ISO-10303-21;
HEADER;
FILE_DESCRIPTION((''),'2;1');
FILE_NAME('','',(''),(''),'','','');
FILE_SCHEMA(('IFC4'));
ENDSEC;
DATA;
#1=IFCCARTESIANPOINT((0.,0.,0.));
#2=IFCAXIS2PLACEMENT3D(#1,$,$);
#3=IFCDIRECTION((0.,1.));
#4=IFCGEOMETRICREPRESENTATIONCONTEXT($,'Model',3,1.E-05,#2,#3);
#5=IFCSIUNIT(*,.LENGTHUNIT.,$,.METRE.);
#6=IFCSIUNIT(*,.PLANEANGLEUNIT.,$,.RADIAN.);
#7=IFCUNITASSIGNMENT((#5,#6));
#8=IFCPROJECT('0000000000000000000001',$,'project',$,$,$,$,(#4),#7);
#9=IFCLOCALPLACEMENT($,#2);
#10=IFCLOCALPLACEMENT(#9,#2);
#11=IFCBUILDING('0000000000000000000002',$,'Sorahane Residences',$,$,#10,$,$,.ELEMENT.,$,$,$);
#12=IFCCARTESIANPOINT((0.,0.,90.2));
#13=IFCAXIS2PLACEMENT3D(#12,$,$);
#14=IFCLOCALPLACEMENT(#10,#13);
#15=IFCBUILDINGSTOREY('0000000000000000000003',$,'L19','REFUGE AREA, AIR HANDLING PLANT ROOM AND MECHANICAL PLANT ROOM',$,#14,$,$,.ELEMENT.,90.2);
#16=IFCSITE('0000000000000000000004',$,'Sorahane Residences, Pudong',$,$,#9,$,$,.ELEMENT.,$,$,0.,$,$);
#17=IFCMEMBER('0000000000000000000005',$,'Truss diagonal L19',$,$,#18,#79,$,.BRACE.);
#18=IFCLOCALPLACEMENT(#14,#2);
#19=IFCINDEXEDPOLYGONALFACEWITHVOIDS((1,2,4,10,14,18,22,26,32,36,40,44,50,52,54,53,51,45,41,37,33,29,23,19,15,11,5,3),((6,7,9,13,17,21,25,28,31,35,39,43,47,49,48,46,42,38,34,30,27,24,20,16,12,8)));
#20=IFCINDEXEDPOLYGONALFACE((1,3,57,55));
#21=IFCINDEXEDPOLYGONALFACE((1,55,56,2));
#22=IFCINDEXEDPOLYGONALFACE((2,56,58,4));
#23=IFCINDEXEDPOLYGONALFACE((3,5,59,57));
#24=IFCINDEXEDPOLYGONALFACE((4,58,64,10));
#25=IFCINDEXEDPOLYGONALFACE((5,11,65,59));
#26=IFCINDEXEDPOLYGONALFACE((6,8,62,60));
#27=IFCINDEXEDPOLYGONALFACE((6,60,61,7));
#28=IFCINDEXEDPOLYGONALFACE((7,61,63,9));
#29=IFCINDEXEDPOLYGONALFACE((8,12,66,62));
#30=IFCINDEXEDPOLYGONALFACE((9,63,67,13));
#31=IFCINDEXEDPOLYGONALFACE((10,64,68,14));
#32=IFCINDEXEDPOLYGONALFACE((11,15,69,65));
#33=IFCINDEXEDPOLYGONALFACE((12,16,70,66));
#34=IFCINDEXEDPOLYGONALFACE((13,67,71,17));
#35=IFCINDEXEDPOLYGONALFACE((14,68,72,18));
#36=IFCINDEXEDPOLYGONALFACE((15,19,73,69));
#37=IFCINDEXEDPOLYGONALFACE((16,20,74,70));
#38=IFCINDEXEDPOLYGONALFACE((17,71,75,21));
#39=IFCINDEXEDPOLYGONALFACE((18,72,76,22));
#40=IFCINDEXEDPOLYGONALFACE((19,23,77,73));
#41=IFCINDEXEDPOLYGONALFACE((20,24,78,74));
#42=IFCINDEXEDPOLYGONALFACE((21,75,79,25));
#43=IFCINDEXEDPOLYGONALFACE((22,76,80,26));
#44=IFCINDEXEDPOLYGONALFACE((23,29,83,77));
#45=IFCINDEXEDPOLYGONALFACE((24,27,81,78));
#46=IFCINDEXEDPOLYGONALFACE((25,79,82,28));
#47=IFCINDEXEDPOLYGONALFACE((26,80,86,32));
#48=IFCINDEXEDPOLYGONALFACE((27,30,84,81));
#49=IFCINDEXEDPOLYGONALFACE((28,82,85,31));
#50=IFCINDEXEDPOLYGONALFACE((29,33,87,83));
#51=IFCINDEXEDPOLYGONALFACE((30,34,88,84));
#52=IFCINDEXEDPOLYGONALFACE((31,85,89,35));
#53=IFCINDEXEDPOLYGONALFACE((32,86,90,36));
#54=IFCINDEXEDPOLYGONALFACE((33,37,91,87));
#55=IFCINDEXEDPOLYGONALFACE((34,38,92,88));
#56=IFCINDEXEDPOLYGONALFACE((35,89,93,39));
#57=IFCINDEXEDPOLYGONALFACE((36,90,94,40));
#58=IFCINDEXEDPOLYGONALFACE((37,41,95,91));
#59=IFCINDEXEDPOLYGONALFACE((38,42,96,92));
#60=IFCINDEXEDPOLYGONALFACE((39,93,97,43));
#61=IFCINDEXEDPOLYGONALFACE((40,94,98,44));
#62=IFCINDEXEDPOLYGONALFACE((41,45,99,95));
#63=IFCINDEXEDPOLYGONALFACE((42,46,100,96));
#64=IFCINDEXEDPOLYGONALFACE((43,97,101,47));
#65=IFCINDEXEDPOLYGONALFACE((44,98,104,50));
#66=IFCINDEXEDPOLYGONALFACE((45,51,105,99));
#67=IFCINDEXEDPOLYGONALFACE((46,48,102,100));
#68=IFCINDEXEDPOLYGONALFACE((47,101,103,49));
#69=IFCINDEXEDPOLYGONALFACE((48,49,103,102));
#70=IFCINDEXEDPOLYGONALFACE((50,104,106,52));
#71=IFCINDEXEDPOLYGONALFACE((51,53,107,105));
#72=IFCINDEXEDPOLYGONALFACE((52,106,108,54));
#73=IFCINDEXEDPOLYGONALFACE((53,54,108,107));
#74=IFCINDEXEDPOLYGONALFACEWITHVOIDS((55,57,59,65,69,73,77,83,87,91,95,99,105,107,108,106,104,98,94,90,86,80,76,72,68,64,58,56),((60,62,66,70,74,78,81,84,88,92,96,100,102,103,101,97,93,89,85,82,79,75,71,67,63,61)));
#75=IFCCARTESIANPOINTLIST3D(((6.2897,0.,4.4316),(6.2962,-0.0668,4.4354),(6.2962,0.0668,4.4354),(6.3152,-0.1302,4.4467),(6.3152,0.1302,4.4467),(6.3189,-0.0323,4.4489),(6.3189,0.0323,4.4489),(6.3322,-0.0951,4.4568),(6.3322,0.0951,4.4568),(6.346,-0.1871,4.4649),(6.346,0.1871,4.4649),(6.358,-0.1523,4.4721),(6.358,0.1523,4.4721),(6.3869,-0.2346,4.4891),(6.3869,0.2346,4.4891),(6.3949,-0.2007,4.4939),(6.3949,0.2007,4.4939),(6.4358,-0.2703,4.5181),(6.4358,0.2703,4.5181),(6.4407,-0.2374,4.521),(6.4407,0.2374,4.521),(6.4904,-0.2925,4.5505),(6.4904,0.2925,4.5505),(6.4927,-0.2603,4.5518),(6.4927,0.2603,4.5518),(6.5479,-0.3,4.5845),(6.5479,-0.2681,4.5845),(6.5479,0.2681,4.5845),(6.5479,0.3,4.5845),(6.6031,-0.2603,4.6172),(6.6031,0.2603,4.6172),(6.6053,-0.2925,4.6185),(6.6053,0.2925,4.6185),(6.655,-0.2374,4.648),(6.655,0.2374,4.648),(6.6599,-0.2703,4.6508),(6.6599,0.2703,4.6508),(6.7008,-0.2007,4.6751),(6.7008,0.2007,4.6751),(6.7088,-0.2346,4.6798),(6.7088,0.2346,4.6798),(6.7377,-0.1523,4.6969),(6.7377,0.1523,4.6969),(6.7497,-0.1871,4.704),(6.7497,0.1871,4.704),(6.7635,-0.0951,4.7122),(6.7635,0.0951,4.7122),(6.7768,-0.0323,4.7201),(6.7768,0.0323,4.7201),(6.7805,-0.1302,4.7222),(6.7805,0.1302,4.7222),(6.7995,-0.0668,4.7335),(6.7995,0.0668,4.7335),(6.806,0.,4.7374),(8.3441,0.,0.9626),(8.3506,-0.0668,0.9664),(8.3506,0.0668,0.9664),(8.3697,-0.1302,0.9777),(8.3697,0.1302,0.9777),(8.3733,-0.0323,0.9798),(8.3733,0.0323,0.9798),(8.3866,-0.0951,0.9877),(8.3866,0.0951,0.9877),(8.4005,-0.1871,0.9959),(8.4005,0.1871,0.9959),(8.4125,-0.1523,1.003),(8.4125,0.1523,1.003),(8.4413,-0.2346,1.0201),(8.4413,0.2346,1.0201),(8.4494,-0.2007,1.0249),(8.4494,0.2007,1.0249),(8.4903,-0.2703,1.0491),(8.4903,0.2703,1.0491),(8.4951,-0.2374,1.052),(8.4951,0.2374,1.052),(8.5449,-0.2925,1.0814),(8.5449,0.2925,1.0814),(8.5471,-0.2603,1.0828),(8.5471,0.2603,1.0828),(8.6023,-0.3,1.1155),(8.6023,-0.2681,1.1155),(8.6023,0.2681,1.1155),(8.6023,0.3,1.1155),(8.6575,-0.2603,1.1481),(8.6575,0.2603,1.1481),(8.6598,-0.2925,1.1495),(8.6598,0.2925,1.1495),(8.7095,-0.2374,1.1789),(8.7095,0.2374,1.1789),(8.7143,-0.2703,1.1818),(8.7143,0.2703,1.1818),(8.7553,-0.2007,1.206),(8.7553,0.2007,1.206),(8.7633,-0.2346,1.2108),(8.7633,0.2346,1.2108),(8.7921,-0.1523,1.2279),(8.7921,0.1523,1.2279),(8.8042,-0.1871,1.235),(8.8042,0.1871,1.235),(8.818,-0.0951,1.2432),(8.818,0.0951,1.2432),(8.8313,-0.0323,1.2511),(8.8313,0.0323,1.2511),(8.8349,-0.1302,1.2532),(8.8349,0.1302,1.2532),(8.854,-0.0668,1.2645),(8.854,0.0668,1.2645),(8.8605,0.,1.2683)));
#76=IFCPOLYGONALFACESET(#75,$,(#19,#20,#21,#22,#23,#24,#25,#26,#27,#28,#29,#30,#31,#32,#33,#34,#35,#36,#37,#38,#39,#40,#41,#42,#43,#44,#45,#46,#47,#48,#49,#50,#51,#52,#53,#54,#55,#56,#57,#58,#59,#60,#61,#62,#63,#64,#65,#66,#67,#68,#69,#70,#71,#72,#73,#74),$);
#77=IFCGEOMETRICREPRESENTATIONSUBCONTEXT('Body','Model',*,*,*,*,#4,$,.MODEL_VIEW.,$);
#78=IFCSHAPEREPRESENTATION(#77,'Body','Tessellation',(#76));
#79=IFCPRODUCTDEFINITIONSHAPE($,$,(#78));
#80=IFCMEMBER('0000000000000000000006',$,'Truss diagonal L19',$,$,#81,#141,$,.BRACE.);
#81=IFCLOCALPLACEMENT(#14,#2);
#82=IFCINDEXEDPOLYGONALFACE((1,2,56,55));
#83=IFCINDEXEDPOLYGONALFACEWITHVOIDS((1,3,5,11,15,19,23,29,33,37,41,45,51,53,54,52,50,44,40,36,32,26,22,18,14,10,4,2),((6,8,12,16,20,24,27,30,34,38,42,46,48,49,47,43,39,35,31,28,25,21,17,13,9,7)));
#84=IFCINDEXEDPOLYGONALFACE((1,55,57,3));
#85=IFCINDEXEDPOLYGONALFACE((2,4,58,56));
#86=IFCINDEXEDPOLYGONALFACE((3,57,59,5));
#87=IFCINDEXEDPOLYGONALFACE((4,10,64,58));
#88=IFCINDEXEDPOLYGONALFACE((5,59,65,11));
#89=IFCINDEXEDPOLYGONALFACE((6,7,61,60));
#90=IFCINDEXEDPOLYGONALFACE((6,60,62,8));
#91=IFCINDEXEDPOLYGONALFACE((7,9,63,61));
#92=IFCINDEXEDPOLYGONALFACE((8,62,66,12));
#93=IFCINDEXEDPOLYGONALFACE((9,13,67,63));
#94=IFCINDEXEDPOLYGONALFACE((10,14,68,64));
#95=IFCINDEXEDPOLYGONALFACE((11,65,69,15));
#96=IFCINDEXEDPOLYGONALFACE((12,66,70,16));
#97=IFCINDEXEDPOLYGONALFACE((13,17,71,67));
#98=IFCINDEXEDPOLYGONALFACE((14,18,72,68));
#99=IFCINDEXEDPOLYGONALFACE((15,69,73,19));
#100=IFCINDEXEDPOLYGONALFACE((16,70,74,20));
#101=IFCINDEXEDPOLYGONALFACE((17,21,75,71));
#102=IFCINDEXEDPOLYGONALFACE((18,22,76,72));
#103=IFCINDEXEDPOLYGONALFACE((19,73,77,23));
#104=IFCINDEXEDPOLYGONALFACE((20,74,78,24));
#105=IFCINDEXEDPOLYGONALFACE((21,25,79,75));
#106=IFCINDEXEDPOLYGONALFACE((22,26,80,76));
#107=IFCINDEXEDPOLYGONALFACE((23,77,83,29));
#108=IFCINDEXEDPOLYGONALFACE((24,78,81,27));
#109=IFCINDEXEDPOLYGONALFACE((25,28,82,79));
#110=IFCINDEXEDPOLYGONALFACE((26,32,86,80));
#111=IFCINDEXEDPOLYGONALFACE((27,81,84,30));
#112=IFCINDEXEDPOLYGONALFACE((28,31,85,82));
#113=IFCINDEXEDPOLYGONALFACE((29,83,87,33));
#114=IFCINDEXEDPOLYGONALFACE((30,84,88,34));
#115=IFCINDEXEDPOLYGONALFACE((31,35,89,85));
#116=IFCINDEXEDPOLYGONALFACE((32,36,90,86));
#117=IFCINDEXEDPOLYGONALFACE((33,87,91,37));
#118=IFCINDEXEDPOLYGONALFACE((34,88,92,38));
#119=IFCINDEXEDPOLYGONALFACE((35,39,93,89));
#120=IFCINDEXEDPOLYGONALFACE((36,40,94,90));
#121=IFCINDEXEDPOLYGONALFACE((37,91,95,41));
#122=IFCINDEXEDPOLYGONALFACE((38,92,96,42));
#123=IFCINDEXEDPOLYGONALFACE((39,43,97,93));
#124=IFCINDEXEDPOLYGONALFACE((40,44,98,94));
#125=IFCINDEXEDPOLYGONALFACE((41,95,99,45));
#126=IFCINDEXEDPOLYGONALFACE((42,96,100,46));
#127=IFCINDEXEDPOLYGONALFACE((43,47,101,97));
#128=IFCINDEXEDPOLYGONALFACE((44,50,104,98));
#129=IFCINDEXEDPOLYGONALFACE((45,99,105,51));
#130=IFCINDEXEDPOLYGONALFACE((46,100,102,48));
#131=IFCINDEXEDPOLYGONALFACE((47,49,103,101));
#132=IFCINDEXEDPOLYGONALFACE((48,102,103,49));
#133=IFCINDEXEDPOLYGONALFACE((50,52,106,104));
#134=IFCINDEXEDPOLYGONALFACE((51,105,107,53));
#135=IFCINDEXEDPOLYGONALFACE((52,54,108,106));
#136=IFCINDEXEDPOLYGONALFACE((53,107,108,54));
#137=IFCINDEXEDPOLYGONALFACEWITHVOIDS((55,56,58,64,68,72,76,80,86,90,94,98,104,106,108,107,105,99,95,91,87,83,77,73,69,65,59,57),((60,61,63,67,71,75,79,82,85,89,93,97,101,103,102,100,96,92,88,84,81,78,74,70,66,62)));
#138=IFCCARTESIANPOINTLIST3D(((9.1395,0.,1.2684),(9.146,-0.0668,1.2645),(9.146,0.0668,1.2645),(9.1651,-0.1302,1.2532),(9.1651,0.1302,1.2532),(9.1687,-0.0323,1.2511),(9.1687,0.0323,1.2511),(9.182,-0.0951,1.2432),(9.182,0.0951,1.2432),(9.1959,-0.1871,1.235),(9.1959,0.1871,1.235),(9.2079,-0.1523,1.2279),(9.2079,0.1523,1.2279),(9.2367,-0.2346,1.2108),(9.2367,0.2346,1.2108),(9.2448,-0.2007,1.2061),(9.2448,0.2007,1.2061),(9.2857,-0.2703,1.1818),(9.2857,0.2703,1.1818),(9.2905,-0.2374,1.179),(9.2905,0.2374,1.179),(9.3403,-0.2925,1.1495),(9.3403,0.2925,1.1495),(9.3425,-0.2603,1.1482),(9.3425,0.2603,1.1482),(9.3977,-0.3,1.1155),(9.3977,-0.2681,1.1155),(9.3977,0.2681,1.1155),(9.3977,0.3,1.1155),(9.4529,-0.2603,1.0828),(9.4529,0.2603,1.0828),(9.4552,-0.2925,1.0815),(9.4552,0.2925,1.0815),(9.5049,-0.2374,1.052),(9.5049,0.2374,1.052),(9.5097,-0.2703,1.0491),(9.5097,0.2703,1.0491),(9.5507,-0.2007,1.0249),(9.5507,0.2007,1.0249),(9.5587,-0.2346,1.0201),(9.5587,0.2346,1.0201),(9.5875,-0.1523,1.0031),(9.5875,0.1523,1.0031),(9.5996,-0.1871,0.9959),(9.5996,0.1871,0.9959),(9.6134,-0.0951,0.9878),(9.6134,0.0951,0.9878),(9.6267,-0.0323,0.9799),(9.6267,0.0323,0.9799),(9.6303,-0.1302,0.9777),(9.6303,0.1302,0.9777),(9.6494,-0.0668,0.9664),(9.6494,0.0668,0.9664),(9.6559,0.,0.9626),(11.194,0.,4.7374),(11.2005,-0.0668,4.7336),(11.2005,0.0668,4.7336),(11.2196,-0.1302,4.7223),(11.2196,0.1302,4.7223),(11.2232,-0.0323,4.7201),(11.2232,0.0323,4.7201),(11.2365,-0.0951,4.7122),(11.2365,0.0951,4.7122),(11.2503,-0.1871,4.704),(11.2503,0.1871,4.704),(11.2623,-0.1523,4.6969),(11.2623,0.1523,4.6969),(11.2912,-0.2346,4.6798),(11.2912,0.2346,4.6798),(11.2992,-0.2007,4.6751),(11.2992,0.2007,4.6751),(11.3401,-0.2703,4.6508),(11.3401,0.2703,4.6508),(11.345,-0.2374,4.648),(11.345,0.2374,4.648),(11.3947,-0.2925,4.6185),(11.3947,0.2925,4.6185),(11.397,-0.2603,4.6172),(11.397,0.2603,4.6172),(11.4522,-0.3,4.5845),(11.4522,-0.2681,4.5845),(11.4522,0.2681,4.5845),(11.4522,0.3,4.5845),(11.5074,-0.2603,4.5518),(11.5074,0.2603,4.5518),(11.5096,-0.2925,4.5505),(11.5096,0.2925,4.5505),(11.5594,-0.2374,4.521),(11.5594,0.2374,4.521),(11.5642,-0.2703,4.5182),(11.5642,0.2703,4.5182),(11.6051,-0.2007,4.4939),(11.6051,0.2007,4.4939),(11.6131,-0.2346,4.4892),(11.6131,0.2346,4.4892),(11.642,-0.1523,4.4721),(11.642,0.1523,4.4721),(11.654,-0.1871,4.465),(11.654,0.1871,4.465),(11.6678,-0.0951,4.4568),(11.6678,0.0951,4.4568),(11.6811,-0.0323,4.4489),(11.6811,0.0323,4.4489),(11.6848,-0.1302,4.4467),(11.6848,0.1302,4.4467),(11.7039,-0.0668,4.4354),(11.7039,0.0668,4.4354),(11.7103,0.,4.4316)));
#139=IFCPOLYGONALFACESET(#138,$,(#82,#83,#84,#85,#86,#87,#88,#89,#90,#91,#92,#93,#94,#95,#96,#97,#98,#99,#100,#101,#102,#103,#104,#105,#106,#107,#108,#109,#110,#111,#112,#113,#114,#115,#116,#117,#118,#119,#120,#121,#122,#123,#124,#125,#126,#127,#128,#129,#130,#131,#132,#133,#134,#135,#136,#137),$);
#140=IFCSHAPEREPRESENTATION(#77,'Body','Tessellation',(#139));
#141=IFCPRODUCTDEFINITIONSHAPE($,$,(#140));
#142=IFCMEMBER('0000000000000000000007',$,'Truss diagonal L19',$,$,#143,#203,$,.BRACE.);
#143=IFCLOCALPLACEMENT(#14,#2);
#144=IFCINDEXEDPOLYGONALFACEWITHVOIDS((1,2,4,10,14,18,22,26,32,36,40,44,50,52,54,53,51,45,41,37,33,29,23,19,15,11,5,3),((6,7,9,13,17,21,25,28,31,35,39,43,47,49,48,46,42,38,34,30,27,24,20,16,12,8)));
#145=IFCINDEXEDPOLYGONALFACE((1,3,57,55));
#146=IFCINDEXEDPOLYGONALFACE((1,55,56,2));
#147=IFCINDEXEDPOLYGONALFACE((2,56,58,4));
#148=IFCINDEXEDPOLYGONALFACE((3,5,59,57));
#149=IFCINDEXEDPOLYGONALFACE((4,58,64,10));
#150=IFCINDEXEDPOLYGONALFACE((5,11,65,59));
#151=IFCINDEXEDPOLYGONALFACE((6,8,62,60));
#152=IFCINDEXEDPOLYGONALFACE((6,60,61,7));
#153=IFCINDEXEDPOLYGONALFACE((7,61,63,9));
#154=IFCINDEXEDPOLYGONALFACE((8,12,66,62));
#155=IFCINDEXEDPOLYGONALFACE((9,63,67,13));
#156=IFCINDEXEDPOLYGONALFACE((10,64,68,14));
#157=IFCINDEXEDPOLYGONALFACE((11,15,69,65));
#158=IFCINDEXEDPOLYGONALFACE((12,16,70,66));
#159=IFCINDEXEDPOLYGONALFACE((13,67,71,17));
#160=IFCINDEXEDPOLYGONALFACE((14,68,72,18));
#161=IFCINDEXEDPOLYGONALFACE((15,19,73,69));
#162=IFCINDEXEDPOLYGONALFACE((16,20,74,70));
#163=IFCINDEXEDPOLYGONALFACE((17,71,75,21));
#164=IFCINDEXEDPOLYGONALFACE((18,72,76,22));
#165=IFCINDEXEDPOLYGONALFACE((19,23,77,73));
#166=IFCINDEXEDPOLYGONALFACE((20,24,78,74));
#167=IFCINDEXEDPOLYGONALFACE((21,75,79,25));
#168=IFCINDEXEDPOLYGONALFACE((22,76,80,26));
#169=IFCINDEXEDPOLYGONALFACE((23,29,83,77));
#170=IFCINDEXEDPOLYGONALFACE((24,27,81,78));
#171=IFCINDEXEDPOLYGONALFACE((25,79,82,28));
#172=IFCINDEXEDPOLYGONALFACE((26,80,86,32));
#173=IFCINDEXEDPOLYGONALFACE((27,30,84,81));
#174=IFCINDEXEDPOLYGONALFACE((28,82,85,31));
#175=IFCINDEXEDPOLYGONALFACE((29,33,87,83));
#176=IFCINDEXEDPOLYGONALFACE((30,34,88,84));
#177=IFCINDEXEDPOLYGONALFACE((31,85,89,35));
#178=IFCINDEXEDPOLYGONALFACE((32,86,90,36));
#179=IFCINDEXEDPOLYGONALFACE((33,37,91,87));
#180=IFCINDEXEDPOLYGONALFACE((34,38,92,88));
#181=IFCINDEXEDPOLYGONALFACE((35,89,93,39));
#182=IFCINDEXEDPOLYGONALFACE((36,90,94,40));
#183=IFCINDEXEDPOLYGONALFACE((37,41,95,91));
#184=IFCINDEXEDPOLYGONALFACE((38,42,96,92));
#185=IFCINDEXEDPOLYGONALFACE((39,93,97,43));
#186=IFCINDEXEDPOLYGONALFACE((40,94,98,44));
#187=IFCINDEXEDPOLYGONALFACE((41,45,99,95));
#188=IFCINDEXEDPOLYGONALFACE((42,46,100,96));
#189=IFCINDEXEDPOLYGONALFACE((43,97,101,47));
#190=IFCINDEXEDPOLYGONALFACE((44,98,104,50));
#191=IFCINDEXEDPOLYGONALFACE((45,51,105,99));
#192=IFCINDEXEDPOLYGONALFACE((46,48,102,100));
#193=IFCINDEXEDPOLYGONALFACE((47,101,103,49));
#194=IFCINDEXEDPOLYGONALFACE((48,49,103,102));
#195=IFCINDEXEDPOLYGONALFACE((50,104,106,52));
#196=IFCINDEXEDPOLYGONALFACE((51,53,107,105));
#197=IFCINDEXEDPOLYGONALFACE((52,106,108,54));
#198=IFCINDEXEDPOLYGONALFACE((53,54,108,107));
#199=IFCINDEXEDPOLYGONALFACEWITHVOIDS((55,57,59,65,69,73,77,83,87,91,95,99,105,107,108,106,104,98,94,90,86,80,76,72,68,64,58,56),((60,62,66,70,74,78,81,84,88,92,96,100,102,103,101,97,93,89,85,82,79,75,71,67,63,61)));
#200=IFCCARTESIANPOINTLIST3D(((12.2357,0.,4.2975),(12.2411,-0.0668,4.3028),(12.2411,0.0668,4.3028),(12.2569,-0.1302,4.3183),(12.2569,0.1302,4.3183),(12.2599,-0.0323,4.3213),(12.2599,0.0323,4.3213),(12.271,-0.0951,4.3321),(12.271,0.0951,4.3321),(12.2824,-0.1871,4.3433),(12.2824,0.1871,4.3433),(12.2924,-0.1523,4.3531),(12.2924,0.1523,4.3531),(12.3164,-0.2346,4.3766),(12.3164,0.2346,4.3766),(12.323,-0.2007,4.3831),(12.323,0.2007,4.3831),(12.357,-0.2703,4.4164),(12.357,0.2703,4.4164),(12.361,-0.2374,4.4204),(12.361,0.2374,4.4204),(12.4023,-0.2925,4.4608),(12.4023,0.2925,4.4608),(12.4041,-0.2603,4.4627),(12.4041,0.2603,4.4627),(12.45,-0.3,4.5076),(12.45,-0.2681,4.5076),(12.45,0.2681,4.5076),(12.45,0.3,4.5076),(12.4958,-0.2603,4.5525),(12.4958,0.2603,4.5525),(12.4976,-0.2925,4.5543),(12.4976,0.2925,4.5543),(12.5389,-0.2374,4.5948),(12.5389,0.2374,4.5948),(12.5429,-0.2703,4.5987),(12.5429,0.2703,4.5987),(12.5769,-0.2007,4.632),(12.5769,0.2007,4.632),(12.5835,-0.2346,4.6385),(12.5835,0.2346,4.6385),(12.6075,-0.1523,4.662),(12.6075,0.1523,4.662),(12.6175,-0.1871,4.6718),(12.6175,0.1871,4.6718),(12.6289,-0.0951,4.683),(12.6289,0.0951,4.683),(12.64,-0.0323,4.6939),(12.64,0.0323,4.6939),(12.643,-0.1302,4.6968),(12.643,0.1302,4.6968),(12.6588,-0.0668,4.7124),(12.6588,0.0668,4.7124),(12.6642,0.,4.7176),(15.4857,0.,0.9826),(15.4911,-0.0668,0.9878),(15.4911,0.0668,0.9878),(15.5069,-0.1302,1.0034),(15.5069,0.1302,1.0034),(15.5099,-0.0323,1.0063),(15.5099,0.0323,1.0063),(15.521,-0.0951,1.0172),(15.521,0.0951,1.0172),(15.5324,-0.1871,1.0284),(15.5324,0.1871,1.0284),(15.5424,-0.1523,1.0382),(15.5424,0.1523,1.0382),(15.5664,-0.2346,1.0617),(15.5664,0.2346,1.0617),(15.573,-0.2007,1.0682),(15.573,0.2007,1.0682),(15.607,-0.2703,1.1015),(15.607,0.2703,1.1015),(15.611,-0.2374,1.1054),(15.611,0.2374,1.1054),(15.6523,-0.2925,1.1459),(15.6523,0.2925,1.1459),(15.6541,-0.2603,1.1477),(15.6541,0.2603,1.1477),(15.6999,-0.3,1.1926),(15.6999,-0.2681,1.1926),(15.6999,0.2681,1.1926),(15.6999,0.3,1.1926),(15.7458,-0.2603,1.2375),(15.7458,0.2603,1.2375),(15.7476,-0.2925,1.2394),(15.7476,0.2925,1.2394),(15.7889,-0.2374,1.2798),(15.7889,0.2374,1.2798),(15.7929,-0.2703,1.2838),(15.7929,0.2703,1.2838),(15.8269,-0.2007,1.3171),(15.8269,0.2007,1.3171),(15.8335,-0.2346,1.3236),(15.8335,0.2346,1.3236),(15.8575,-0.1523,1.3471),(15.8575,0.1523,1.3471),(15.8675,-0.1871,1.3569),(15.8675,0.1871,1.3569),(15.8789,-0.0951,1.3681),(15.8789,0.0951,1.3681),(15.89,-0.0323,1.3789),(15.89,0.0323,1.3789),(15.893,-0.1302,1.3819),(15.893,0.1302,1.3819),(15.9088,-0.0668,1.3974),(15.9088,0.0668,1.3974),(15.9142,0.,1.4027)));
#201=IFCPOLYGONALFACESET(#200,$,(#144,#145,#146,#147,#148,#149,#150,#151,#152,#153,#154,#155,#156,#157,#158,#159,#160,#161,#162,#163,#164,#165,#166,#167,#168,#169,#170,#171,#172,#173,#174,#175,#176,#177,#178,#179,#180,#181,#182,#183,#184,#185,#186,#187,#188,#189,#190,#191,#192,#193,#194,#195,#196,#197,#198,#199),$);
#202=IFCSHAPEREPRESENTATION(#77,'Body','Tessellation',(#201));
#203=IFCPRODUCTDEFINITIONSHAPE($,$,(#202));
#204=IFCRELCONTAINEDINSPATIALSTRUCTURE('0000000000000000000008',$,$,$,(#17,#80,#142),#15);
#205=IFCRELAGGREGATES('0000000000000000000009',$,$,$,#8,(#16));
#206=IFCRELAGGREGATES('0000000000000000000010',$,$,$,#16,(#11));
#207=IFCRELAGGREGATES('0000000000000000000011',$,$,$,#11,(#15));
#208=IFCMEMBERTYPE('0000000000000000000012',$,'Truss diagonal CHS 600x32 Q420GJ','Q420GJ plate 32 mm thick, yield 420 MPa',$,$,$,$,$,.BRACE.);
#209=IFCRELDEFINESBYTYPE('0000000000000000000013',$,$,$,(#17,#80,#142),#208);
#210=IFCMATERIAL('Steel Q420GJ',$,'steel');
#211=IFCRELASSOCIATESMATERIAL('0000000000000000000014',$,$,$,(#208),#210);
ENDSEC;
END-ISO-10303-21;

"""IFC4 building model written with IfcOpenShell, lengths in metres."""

from ifc_helpers import new_model, si_unit, direction, frame, origin, origin_2d, place, context, subcontext, project, spatial, hollow_circle, extrude, material, material_profile, profile_set, type_object, element, save


model = new_model("IFC4")

# Units and contexts
model_context = context("Model", 3, precision=1e-05, world=origin(), true_north=direction((0.0, 1.0)))
body_context = subcontext(model_context, "Body", "Model", "MODEL_VIEW")
ifc_project = project(units=[si_unit("LENGTHUNIT", "METRE"), si_unit("PLANEANGLEUNIT", "RADIAN")], contexts=[model_context])

# Site, building, storey
site_placement = place(None, origin())
site = spatial("IfcSite", under=ifc_project, at=site_placement, Name="Sorahane Residences, Pudong", CompositionType="ELEMENT", RefElevation=0.0)
building_placement = place(site_placement, origin())
building = spatial("IfcBuilding", under=site, at=building_placement, Name="Sorahane Residences", CompositionType="ELEMENT")
storey_placement = place(building_placement, frame((0.0, 0.0, 90.2)))
storey = spatial("IfcBuildingStorey", under=building, at=storey_placement, Name="L19", Description="REFUGE AREA, AIR HANDLING PLANT ROOM AND MECHANICAL PLANT ROOM", CompositionType="ELEMENT", Elevation=90.2)

# Members
ifc_material_1 = material(Name="Steel Q420GJ", Category="steel")
ifc_material_profile_1 = material_profile(ifc_material_1, hollow_circle(Radius=0.3, WallThickness=0.032, at=origin_2d()), Name="CHS 600x32")
ifc_profile_set_1 = profile_set([ifc_material_profile_1], Name="Steel Q420GJ")
member_type = type_object("IfcMemberType", Name="Truss diagonal CHS 600x32 Q420GJ", Description="Q420GJ plate 32 mm thick, yield 420 MPa", PredefinedType="BRACE", material=ifc_profile_set_1)
for number, where, z_axis, x_axis, name in (
    (1, (6.5479, 0.0, 4.5845), (0.509572, 0.0, -0.860428), (0.0, 1.0, 0.0), "Truss diagonal L19"),
    (2, (9.3977, 0.0, 1.1155), (0.509572, 0.0, 0.860428), (0.0, 1.0, 0.0), "Truss diagonal L19"),
):
    element("IfcMember", number, at=place(storey_placement, frame(where, z_axis=z_axis, x_axis=x_axis)), inside=storey, type_object=member_type, Name=name, PredefinedType="BRACE", context=body_context, shape_type="SweptSolid", body=[
        extrude(hollow_circle(Radius=0.3, WallThickness=0.032, at=origin_2d()), origin(), (0.0, 0.0, 1.0), 4.0317),
    ])
member_1_placement = place(storey_placement, frame((12.45, 0.0, 4.5076), z_axis=(0.700078, 0.0, -0.714067), x_axis=(0.0, 1.0, 0.0)))
element("IfcMember", 3, at=member_1_placement, inside=storey, type_object=member_type, Name="Truss diagonal L19", PredefinedType="BRACE", context=body_context, shape_type="SweptSolid", body=[
    extrude(hollow_circle(Radius=0.3, WallThickness=0.032, at=origin_2d()), origin(), (0.0, 0.0, 1.0), 4.6423),
])

save(model, "model.ifc")
